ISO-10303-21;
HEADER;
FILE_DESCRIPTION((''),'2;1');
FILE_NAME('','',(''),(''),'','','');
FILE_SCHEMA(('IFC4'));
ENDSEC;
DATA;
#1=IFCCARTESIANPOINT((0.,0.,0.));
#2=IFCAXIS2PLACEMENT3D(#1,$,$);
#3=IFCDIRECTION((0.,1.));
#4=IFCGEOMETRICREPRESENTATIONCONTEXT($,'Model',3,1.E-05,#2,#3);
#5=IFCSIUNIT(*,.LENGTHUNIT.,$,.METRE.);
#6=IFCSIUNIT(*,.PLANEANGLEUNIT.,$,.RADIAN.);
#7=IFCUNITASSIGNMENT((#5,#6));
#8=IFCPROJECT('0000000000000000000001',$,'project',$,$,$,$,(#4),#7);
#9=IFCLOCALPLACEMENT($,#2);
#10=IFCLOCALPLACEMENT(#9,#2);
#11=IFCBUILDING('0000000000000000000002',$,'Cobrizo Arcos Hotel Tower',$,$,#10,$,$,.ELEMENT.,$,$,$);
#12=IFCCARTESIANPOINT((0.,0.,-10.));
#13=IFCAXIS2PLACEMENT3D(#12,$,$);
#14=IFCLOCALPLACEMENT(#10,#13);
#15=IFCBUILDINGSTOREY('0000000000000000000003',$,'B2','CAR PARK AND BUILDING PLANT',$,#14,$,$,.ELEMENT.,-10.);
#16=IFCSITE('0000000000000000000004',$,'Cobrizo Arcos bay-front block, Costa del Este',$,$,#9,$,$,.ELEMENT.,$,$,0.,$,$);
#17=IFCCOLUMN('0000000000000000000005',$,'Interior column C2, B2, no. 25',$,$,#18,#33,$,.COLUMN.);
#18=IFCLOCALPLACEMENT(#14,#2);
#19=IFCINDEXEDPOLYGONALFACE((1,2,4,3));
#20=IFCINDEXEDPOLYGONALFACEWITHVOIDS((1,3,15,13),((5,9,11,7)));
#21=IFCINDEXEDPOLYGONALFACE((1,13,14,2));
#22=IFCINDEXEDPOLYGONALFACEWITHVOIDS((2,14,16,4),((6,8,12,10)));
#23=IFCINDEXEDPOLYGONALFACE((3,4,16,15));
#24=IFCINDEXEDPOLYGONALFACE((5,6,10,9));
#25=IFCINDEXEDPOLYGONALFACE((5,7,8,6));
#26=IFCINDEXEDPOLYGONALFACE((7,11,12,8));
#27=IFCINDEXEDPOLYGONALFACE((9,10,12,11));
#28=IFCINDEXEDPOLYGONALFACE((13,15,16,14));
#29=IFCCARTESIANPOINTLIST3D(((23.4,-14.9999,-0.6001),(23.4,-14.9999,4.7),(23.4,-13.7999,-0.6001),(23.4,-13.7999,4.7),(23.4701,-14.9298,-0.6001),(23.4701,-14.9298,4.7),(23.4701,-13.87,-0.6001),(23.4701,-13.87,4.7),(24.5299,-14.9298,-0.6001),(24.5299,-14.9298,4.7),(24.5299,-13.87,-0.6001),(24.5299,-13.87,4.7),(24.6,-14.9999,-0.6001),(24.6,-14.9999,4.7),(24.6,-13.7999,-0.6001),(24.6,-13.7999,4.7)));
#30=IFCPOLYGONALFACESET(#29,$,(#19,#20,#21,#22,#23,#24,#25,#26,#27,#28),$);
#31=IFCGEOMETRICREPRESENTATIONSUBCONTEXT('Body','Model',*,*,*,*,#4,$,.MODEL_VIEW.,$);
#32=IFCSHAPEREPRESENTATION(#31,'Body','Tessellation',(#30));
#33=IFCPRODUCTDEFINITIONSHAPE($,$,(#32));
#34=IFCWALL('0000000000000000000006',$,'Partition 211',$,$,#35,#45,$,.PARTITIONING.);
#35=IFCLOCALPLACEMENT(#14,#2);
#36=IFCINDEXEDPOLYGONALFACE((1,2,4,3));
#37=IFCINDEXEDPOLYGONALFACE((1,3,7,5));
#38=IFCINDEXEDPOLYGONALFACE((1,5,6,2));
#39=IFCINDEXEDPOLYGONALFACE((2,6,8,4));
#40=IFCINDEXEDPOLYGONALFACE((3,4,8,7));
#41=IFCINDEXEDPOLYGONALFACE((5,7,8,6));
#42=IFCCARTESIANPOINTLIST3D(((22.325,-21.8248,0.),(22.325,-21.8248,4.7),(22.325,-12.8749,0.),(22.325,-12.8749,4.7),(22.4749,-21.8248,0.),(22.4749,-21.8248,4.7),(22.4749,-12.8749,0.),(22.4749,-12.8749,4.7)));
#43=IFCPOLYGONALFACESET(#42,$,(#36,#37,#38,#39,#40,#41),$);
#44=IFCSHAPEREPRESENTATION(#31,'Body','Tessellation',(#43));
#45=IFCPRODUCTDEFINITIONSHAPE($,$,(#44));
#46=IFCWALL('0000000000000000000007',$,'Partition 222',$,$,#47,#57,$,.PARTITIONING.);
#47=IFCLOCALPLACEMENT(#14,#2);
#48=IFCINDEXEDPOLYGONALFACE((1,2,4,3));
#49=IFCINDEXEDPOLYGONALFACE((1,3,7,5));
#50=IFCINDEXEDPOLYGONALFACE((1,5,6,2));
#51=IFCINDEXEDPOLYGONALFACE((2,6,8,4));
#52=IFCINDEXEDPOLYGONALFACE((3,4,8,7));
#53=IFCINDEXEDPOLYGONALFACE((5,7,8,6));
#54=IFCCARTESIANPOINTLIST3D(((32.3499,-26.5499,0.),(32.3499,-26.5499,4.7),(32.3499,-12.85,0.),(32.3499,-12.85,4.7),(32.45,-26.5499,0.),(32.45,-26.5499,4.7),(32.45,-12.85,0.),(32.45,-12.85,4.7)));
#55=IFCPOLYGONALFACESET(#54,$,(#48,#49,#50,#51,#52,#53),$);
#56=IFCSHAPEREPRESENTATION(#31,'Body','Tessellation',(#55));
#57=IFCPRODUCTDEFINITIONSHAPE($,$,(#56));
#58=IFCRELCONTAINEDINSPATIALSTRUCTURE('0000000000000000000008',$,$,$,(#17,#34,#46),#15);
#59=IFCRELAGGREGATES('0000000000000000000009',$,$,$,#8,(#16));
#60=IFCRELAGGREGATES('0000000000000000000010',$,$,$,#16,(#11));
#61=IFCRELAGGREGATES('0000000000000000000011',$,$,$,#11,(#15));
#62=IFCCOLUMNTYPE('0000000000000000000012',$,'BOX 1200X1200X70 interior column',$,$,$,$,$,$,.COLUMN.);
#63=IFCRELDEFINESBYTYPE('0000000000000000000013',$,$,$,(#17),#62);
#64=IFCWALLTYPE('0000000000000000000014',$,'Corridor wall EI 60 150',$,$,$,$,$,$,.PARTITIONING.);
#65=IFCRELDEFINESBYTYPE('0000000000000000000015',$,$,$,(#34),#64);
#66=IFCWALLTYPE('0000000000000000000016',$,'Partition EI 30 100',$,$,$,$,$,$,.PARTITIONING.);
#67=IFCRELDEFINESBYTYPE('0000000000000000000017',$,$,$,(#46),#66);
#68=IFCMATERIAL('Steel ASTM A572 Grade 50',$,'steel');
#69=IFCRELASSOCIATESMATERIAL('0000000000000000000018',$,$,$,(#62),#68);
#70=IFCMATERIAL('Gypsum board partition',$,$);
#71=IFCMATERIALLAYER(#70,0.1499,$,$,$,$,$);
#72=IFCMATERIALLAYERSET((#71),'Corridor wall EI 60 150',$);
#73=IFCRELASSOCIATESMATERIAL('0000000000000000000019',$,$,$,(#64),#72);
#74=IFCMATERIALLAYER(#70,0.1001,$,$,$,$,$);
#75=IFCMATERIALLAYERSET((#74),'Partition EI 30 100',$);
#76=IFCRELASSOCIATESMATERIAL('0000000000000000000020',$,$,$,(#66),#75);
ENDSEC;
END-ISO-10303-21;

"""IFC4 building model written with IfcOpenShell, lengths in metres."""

from ifc_helpers import new_model, si_unit, direction, frame, frame_2d, origin, origin_2d, place, context, subcontext, project, spatial, rectangle, hollow_rectangle, extrude, material, layer, layer_set, material_profile, profile_set, type_object, element, save


model = new_model("IFC4")

# Units and contexts
model_context = context("Model", 3, precision=1e-05, world=origin(), true_north=direction((0.0, 1.0)))
body_context = subcontext(model_context, "Body", "Model", "MODEL_VIEW")
ifc_project = project(units=[si_unit("LENGTHUNIT", "METRE"), si_unit("PLANEANGLEUNIT", "RADIAN")], contexts=[model_context])

# Site, building, storey
site_placement = place(None, origin())
site = spatial("IfcSite", under=ifc_project, at=site_placement, Name="Cobrizo Arcos bay-front block, Costa del Este", CompositionType="ELEMENT", RefElevation=0.0)
building_placement = place(site_placement, origin())
building = spatial("IfcBuilding", under=site, at=building_placement, Name="Cobrizo Arcos Hotel Tower", CompositionType="ELEMENT")
storey_placement = place(building_placement, frame((0.0, 0.0, -10.0)))
storey = spatial("IfcBuildingStorey", under=building, at=storey_placement, Name="B2", Description="CAR PARK AND BUILDING PLANT", CompositionType="ELEMENT", Elevation=-10.0)

# Column
ifc_material_1 = material(Name="Steel ASTM A572 Grade 50", Category="steel")
ifc_material_profile_1 = material_profile(ifc_material_1, hollow_rectangle(XDim=1.2, YDim=1.2, WallThickness=0.0701, at=origin_2d()), Name="BOX 1200X1200X70")
ifc_profile_set_1 = profile_set([ifc_material_profile_1], Name="Steel ASTM A572 Grade 50")
column_type_1 = type_object("IfcColumnType", Name="BOX 1200X1200X70 interior column", PredefinedType="COLUMN", material=ifc_profile_set_1)
for number, where, z_axis, x_axis, name in (
    (1, (24.0, -14.3999, -0.6001), (0.0, 0.0, 1.0), (1.0, 0.0, 0.0), "Interior column C2, B2, no. 25"),
):
    element("IfcColumn", number, at=place(storey_placement, frame(where, z_axis=z_axis, x_axis=x_axis)), inside=storey, type_object=column_type_1, Name=name, PredefinedType="COLUMN", context=body_context, shape_type="SweptSolid", body=[
        extrude(hollow_rectangle(XDim=1.2, YDim=1.2, WallThickness=0.0701, at=origin_2d()), origin(), (0.0, 0.0, 1.0), 5.3),
    ])

# Walls
ifc_material_2 = material(Name="Gypsum board partition")
ifc_layer_1 = layer(ifc_material_2, 0.1499)
ifc_layer_set_1 = layer_set([ifc_layer_1], Name="Corridor wall EI 60 150")
wall_type_1 = type_object("IfcWallType", Name="Corridor wall EI 60 150", PredefinedType="PARTITIONING", material=ifc_layer_set_1)
wall_1_placement = place(storey_placement, frame((22.3999, -21.825, 0.0), z_axis=(0.0, 0.0, 1.0), x_axis=(0.0, 1.0, 0.0)))
element("IfcWall", 2, at=wall_1_placement, inside=storey, type_object=wall_type_1, Name="Partition 211", PredefinedType="PARTITIONING", context=body_context, shape_type="SweptSolid", body=[
    extrude(rectangle(XDim=8.95, YDim=0.1499, at=frame_2d((4.4751, 0.0))), origin(), (0.0, 0.0, 1.0), 4.7),
])
ifc_layer_2 = layer(ifc_material_2, 0.1001)
ifc_layer_set_2 = layer_set([ifc_layer_2], Name="Partition EI 30 100")
wall_type_2 = type_object("IfcWallType", Name="Partition EI 30 100", PredefinedType="PARTITIONING", material=ifc_layer_set_2)
wall_2_placement = place(storey_placement, frame((32.3999, -26.55, 0.0), z_axis=(0.0, 0.0, 1.0), x_axis=(0.0, 1.0, 0.0)))
element("IfcWall", 3, at=wall_2_placement, inside=storey, type_object=wall_type_2, Name="Partition 222", PredefinedType="PARTITIONING", context=body_context, shape_type="SweptSolid", body=[
    extrude(rectangle(XDim=13.7, YDim=0.1001, at=frame_2d((6.8501, 0.0))), origin(), (0.0, 0.0, 1.0), 4.7),
])

save(model, "model.ifc")
